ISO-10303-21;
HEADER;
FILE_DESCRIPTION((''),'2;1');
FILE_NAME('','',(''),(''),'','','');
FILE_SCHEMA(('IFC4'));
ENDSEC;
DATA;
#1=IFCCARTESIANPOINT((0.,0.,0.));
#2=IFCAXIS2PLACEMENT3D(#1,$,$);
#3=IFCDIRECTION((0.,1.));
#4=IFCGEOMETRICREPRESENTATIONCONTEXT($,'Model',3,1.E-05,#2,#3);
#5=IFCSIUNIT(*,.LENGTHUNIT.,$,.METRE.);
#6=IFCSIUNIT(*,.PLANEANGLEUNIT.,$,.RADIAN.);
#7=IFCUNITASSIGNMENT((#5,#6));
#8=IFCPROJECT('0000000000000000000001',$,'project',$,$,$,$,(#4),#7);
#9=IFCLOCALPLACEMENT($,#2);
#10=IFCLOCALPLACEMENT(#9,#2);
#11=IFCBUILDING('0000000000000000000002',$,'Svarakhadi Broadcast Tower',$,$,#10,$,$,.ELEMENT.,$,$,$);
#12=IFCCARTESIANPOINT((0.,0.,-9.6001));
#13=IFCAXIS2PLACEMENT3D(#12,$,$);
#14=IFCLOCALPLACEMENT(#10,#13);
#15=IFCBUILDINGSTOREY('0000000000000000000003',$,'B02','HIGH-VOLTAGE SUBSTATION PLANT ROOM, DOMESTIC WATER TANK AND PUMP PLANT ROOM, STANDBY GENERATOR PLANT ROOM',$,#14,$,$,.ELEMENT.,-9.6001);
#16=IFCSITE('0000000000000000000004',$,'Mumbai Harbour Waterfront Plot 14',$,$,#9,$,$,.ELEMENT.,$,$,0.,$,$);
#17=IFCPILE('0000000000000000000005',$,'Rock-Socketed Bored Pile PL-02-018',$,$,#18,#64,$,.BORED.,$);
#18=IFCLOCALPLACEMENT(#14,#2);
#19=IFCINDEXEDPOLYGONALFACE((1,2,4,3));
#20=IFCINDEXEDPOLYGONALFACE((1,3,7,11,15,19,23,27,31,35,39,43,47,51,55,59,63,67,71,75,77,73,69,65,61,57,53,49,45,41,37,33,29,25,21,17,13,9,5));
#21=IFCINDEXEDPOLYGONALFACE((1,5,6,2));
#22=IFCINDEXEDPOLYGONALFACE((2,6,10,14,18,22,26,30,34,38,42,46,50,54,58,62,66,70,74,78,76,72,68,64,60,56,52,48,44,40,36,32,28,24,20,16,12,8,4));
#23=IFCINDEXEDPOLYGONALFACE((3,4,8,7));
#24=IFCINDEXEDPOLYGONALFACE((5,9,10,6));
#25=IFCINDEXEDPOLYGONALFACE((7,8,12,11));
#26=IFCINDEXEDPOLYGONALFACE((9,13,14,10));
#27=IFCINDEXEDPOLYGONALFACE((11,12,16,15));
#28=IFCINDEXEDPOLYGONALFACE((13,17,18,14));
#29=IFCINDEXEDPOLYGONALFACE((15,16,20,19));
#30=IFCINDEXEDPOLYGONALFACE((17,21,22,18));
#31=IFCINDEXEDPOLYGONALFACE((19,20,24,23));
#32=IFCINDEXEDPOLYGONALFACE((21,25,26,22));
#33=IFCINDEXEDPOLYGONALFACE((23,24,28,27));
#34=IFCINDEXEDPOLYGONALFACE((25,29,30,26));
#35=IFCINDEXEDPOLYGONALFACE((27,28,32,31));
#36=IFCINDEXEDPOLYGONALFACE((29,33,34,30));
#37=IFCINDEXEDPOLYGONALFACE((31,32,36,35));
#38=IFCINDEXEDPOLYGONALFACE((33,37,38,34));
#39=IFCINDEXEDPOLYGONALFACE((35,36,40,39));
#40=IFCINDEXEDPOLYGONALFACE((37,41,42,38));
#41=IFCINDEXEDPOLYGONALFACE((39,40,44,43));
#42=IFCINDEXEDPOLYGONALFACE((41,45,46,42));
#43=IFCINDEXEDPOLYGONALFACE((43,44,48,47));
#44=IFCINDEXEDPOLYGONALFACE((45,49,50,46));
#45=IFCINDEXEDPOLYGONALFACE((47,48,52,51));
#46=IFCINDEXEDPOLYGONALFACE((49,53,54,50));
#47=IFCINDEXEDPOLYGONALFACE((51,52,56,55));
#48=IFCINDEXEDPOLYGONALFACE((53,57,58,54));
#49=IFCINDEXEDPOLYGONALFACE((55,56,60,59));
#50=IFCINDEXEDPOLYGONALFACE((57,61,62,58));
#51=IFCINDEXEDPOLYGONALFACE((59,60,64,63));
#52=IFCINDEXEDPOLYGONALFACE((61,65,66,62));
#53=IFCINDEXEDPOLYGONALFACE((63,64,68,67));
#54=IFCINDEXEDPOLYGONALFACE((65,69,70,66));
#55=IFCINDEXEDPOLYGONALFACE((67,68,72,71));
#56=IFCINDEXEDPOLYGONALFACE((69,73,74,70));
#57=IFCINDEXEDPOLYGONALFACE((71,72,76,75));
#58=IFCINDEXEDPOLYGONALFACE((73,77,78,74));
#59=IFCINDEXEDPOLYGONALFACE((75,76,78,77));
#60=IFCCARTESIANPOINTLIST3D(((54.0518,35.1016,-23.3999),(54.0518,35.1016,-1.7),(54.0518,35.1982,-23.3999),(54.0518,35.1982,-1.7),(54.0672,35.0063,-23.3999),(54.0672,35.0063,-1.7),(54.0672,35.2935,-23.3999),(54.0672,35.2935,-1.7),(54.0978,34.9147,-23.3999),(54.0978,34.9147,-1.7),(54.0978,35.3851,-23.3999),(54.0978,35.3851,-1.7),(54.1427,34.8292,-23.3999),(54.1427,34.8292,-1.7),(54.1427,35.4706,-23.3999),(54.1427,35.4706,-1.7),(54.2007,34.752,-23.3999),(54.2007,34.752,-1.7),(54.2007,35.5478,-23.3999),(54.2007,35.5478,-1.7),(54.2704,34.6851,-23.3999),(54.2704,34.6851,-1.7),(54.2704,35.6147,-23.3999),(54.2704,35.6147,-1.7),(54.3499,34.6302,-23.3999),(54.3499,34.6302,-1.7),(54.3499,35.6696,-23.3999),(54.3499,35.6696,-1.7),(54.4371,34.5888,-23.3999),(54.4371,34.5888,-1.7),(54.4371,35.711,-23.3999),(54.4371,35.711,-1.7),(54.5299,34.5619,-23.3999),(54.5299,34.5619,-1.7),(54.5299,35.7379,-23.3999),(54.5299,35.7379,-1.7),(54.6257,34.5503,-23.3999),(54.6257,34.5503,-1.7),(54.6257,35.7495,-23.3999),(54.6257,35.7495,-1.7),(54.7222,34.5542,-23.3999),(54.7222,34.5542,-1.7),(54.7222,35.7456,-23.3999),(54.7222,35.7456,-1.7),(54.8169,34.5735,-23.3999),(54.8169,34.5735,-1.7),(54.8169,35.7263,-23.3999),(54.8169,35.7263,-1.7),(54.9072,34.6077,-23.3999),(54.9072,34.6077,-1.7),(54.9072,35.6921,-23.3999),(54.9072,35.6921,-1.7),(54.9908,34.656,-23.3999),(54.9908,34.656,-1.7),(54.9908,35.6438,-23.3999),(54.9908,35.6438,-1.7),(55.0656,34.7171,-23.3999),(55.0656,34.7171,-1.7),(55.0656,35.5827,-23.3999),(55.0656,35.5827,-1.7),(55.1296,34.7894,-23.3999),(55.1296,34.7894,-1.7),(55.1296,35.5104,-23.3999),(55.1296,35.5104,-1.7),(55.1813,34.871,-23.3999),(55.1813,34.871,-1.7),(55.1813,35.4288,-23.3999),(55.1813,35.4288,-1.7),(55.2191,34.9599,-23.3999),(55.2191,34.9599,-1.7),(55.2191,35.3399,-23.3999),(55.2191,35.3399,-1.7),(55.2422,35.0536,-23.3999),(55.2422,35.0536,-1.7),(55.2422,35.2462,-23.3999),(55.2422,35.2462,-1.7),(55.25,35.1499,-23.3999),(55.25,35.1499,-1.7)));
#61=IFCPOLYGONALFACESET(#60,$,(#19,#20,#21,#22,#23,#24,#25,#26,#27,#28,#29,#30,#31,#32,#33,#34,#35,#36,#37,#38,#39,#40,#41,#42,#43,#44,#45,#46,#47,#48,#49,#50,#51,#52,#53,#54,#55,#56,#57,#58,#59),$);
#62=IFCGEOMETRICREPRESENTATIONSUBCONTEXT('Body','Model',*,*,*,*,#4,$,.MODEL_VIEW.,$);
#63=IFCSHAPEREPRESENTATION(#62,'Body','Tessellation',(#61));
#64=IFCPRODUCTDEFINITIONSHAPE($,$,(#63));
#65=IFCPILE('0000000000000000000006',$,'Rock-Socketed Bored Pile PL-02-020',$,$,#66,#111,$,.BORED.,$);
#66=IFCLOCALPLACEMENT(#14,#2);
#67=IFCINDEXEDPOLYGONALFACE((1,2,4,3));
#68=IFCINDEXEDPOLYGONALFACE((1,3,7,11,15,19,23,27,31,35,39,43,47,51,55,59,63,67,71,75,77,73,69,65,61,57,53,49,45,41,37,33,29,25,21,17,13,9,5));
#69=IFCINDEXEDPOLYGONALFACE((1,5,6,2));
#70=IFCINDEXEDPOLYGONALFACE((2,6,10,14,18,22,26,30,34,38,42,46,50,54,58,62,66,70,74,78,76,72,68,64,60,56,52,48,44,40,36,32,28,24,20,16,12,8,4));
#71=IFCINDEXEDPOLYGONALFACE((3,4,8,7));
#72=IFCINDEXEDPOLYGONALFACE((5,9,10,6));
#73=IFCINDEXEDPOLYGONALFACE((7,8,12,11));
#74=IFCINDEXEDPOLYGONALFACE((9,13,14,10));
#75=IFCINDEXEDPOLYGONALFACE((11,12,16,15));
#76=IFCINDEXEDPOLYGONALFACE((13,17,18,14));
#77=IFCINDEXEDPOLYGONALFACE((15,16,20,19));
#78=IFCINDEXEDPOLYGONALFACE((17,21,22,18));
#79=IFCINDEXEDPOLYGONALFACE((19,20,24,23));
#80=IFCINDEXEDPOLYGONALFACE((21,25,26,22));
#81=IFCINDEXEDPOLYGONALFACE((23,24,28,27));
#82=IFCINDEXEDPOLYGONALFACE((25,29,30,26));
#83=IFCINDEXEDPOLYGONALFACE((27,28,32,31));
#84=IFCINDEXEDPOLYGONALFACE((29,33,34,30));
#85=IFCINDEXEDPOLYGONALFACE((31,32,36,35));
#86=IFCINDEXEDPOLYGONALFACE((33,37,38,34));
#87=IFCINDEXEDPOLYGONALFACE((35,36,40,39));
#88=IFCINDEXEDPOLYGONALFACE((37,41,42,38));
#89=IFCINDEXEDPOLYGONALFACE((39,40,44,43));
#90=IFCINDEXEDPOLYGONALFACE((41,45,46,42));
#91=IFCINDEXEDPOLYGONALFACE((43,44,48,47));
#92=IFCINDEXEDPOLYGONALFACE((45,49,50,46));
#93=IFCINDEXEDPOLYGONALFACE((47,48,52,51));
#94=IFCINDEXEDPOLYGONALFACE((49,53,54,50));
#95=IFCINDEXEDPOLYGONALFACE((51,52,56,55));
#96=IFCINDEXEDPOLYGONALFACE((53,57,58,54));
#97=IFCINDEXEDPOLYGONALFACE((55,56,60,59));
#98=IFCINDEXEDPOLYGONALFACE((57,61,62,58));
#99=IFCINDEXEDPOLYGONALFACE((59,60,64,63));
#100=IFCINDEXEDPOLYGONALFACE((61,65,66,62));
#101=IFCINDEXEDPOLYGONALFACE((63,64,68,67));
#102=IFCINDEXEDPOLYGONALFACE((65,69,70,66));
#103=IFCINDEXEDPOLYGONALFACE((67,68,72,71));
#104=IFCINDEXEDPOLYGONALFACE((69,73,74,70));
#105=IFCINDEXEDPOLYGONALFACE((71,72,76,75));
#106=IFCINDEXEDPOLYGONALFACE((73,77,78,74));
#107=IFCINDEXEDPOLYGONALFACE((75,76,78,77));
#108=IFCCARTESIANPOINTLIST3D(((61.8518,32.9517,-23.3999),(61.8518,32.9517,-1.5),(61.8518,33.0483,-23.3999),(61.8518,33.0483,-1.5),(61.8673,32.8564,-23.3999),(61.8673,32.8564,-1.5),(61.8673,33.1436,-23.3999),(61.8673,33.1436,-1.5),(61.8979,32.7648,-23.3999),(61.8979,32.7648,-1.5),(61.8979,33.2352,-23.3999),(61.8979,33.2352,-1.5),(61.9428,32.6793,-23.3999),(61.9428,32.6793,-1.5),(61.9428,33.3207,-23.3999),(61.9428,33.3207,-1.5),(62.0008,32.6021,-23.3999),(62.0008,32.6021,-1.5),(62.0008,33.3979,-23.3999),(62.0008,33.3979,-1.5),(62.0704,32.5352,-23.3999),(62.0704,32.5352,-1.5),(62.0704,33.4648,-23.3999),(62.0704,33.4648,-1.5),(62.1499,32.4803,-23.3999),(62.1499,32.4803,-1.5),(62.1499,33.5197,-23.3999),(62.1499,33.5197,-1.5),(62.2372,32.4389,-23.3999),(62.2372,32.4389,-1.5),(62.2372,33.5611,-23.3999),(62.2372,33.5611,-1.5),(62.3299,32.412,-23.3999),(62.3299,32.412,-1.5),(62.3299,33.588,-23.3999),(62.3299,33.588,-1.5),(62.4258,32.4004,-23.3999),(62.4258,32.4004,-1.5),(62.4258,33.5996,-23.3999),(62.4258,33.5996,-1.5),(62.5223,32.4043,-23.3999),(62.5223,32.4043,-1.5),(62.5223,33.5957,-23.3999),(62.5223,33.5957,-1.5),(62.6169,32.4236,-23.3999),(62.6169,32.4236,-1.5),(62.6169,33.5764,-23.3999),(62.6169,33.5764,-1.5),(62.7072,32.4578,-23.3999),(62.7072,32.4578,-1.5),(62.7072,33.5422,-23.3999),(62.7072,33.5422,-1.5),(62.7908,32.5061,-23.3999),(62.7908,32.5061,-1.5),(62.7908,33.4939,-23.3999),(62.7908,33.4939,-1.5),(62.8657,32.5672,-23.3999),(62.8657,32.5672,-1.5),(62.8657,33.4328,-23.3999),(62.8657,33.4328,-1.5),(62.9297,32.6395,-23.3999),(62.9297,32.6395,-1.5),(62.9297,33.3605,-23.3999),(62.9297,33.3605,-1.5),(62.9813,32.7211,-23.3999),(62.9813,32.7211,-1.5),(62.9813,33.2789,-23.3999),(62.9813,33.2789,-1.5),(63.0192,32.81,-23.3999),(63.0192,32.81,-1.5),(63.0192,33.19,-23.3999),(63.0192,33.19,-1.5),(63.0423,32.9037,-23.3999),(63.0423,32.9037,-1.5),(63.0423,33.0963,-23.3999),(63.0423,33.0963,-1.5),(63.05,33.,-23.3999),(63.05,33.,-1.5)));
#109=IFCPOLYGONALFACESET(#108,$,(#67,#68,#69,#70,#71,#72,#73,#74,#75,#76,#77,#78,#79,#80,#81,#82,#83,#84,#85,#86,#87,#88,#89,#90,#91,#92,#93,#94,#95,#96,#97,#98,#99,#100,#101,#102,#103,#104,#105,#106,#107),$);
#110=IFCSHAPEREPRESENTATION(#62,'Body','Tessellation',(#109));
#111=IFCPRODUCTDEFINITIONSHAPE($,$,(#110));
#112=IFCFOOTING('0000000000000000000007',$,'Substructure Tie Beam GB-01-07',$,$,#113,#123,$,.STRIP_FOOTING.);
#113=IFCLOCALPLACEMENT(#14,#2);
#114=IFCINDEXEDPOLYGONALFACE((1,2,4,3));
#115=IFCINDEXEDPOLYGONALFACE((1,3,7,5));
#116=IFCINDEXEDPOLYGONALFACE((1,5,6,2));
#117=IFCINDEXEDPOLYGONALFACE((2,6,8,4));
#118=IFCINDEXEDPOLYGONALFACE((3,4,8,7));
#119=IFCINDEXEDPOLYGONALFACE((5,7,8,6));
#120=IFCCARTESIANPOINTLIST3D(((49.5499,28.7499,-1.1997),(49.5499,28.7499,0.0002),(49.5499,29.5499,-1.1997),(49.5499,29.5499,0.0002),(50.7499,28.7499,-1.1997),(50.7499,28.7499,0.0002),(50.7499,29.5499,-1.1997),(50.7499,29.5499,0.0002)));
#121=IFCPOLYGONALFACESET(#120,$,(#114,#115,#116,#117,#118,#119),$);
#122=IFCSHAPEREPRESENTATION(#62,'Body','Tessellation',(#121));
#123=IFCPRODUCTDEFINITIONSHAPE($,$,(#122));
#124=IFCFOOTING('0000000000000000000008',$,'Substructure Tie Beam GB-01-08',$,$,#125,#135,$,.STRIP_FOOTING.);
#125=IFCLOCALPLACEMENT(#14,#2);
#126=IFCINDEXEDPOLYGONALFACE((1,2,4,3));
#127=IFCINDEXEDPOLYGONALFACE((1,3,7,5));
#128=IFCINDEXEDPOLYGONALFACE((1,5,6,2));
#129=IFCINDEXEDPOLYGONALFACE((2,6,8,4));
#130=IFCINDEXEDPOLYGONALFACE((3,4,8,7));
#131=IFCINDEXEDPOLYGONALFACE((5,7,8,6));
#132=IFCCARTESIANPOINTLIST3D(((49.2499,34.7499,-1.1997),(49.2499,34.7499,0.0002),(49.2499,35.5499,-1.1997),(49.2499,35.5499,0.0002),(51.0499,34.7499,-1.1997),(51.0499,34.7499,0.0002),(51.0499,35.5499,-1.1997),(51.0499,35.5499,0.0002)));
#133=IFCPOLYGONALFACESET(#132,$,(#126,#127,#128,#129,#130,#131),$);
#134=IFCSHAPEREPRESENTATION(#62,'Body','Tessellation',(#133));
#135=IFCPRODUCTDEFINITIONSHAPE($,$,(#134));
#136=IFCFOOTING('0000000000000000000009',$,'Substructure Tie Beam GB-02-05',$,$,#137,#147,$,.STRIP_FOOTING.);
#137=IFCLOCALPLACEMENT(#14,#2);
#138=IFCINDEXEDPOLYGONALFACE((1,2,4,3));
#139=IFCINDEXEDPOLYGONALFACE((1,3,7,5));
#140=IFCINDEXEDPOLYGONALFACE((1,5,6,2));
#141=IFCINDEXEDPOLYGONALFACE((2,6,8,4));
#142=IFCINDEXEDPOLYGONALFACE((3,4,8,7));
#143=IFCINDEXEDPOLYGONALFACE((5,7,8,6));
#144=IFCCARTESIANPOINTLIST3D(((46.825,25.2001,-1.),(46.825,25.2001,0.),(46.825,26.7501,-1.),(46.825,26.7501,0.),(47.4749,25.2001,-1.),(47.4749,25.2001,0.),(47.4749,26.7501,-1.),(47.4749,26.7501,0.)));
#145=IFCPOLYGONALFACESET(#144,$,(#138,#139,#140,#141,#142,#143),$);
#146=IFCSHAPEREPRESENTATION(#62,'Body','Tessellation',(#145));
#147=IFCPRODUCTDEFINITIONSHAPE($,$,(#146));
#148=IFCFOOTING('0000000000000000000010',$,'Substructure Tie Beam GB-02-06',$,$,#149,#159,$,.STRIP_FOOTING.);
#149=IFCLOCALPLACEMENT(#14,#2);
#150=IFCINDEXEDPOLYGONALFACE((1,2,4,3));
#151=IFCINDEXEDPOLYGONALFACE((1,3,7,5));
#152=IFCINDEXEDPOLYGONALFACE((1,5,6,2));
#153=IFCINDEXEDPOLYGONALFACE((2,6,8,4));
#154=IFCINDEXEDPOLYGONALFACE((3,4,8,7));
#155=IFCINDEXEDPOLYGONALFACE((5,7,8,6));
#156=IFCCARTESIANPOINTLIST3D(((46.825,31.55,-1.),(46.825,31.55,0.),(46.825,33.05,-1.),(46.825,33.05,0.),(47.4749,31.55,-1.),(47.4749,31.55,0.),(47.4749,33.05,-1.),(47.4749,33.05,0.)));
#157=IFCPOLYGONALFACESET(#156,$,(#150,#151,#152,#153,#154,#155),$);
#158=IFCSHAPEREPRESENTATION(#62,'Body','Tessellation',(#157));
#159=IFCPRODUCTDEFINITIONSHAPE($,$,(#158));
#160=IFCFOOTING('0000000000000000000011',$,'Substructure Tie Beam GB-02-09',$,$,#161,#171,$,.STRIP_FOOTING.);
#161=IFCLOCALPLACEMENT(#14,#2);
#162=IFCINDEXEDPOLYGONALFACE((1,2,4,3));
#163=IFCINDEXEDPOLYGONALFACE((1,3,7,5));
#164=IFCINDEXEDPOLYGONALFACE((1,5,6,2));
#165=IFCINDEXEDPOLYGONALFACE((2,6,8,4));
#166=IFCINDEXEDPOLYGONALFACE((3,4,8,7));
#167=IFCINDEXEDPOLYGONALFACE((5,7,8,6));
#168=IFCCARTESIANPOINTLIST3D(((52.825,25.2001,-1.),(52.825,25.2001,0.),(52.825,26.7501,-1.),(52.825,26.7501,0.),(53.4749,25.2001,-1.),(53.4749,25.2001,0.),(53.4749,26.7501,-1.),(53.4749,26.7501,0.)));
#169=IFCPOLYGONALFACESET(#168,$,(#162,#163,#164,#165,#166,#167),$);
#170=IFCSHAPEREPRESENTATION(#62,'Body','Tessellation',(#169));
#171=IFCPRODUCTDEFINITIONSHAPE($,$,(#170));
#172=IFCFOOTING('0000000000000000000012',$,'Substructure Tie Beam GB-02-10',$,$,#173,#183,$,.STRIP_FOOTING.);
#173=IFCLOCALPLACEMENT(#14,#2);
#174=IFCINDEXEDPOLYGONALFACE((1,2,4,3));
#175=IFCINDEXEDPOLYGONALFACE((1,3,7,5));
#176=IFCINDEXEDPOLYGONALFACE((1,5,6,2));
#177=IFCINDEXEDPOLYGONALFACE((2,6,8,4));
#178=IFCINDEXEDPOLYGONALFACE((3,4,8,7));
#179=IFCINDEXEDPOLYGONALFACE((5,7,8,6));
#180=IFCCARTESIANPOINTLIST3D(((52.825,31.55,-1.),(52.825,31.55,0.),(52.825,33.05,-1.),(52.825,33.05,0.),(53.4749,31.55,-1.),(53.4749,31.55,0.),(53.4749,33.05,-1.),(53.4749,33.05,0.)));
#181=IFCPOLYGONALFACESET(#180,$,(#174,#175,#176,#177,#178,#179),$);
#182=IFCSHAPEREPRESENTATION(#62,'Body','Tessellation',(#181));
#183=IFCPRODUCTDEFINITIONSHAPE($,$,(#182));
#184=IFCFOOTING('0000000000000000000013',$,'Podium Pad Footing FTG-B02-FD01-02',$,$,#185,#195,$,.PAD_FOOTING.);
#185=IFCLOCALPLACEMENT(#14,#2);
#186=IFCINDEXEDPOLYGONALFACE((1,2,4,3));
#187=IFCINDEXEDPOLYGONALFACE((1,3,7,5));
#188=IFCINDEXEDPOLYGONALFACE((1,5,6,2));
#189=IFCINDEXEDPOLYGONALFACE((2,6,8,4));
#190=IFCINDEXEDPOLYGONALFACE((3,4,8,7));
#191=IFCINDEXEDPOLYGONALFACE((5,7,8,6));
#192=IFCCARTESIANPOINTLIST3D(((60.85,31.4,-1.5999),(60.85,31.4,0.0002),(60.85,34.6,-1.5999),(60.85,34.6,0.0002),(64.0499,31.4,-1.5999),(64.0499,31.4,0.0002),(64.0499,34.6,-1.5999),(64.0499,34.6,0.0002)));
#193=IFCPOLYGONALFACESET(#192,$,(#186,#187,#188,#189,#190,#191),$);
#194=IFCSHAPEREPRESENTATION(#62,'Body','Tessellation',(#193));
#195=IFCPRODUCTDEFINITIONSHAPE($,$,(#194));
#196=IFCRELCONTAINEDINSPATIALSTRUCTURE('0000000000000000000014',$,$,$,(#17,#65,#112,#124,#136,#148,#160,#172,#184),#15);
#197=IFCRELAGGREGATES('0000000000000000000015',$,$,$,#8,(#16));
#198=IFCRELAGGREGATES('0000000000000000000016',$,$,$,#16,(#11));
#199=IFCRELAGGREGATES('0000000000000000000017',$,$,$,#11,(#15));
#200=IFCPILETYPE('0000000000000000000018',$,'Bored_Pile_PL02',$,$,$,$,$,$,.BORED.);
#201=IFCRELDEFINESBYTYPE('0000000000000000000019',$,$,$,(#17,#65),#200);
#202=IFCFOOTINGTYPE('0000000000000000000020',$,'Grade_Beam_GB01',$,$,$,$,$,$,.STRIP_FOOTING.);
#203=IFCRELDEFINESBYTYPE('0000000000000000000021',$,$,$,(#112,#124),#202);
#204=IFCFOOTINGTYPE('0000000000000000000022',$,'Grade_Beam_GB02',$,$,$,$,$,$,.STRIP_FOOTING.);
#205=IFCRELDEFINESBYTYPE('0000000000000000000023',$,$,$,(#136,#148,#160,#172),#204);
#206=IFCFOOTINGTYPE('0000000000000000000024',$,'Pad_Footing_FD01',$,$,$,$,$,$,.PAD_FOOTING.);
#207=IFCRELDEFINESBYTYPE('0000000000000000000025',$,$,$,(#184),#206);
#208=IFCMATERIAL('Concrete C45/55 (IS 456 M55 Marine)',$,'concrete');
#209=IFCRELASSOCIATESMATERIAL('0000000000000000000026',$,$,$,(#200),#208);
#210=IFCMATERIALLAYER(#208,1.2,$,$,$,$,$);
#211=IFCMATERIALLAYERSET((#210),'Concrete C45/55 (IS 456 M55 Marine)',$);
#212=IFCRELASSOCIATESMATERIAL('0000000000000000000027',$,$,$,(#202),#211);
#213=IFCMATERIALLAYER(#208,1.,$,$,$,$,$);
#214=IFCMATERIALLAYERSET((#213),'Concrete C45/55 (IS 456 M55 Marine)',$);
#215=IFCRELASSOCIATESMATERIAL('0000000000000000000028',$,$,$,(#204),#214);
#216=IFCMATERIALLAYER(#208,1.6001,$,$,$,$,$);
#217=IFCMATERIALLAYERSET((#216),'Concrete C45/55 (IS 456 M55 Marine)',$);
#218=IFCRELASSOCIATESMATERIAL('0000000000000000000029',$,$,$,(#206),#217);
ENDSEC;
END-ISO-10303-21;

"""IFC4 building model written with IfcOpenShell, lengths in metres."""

from ifc_helpers import new_model, si_unit, direction, frame, origin, origin_2d, place, context, subcontext, project, spatial, rectangle, circle, extrude, material, layer, layer_set, material_profile, profile_set, type_object, element, save


model = new_model("IFC4")

# Units and contexts
model_context = context("Model", 3, precision=1e-05, world=origin(), true_north=direction((0.0, 1.0)))
body_context = subcontext(model_context, "Body", "Model", "MODEL_VIEW")
ifc_project = project(units=[si_unit("LENGTHUNIT", "METRE"), si_unit("PLANEANGLEUNIT", "RADIAN")], contexts=[model_context])

# Site, building, storey
site_placement = place(None, origin())
site = spatial("IfcSite", under=ifc_project, at=site_placement, Name="Mumbai Harbour Waterfront Plot 14", CompositionType="ELEMENT", RefElevation=0.0)
building_placement = place(site_placement, origin())
building = spatial("IfcBuilding", under=site, at=building_placement, Name="Svarakhadi Broadcast Tower", CompositionType="ELEMENT")
storey_placement = place(building_placement, frame((0.0, 0.0, -9.6001)))
storey = spatial("IfcBuildingStorey", under=building, at=storey_placement, Name="B02", Description="HIGH-VOLTAGE SUBSTATION PLANT ROOM, DOMESTIC WATER TANK AND PUMP PLANT ROOM, STANDBY GENERATOR PLANT ROOM", CompositionType="ELEMENT", Elevation=-9.6001)

# Piles
ifc_material_1 = material(Name="Concrete C45/55 (IS 456 M55 Marine)", Category="concrete")
ifc_material_profile_1 = material_profile(ifc_material_1, circle(Radius=0.6001, at=origin_2d()), Name="PILE D1200")
ifc_profile_set_1 = profile_set([ifc_material_profile_1], Name="Concrete C45/55 (IS 456 M55 Marine)")
pile_type = type_object("IfcPileType", Name="Bored_Pile_PL02", PredefinedType="BORED", material=ifc_profile_set_1)
for number, where, z_axis, x_axis, name in (
    (1, (54.6499, 35.1499, -1.7), (0.0, 0.0, -1.0), (1.0, 0.0, 0.0), "Rock-Socketed Bored Pile PL-02-018"),
):
    element("IfcPile", number, at=place(storey_placement, frame(where, z_axis=z_axis, x_axis=x_axis)), inside=storey, type_object=pile_type, Name=name, PredefinedType="BORED", context=body_context, shape_type="SweptSolid", body=[
        extrude(circle(Radius=0.6001, at=origin_2d()), origin(), (0.0, 0.0, 1.0), 21.7),
    ])
pile_1_placement = place(storey_placement, frame((62.45, 33.0, -1.5), z_axis=(0.0, 0.0, -1.0), x_axis=(1.0, 0.0, 0.0)))
element("IfcPile", 2, at=pile_1_placement, inside=storey, type_object=pile_type, Name="Rock-Socketed Bored Pile PL-02-020", PredefinedType="BORED", context=body_context, shape_type="SweptSolid", body=[
    extrude(circle(Radius=0.6001, at=origin_2d()), origin(), (0.0, 0.0, 1.0), 21.8999),
])

# Footings
ifc_layer_1 = layer(ifc_material_1, 1.2)
ifc_layer_set_1 = layer_set([ifc_layer_1], Name="Concrete C45/55 (IS 456 M55 Marine)")
footing_type_1 = type_object("IfcFootingType", Name="Grade_Beam_GB01", PredefinedType="STRIP_FOOTING", material=ifc_layer_set_1)
footing_1_placement = place(storey_placement, frame((50.1499, 29.1499, -1.1997), z_axis=(0.0, 0.0, 1.0), x_axis=(1.0, 0.0, 0.0)))
element("IfcFooting", 3, at=footing_1_placement, inside=storey, type_object=footing_type_1, Name="Substructure Tie Beam GB-01-07", PredefinedType="STRIP_FOOTING", context=body_context, shape_type="SweptSolid", body=[
    extrude(rectangle(XDim=1.2, YDim=0.8, at=origin_2d()), origin(), (0.0, 0.0, 1.0), 1.2),
])
footing_2_placement = place(storey_placement, frame((50.1499, 35.1499, -1.1997), z_axis=(0.0, 0.0, 1.0), x_axis=(1.0, 0.0, 0.0)))
element("IfcFooting", 4, at=footing_2_placement, inside=storey, type_object=footing_type_1, Name="Substructure Tie Beam GB-01-08", PredefinedType="STRIP_FOOTING", context=body_context, shape_type="SweptSolid", body=[
    extrude(rectangle(XDim=1.8, YDim=0.8, at=origin_2d()), origin(), (0.0, 0.0, 1.0), 1.2),
])
ifc_layer_2 = layer(ifc_material_1, 1.0)
ifc_layer_set_2 = layer_set([ifc_layer_2], Name="Concrete C45/55 (IS 456 M55 Marine)")
footing_type_2 = type_object("IfcFootingType", Name="Grade_Beam_GB02", PredefinedType="STRIP_FOOTING", material=ifc_layer_set_2)
footing_3_placement = place(storey_placement, frame((47.1499, 25.9751, -1.0), z_axis=(0.0, 0.0, 1.0), x_axis=(1.0, 0.0, 0.0)))
element("IfcFooting", 5, at=footing_3_placement, inside=storey, type_object=footing_type_2, Name="Substructure Tie Beam GB-02-05", PredefinedType="STRIP_FOOTING", context=body_context, shape_type="SweptSolid", body=[
    extrude(rectangle(XDim=0.6499, YDim=1.55, at=origin_2d()), origin(), (0.0, 0.0, 1.0), 1.0),
])
footing_4_placement = place(storey_placement, frame((47.1499, 32.3, -1.0), z_axis=(0.0, 0.0, 1.0), x_axis=(1.0, 0.0, 0.0)))
element("IfcFooting", 6, at=footing_4_placement, inside=storey, type_object=footing_type_2, Name="Substructure Tie Beam GB-02-06", PredefinedType="STRIP_FOOTING", context=body_context, shape_type="SweptSolid", body=[
    extrude(rectangle(XDim=0.6499, YDim=1.5, at=origin_2d()), origin(), (0.0, 0.0, 1.0), 1.0),
])
footing_5_placement = place(storey_placement, frame((53.1499, 25.9751, -1.0), z_axis=(0.0, 0.0, 1.0), x_axis=(1.0, 0.0, 0.0)))
element("IfcFooting", 7, at=footing_5_placement, inside=storey, type_object=footing_type_2, Name="Substructure Tie Beam GB-02-09", PredefinedType="STRIP_FOOTING", context=body_context, shape_type="SweptSolid", body=[
    extrude(rectangle(XDim=0.6499, YDim=1.55, at=origin_2d()), origin(), (0.0, 0.0, 1.0), 1.0),
])
footing_6_placement = place(storey_placement, frame((53.1499, 32.3, -1.0), z_axis=(0.0, 0.0, 1.0), x_axis=(1.0, 0.0, 0.0)))
element("IfcFooting", 8, at=footing_6_placement, inside=storey, type_object=footing_type_2, Name="Substructure Tie Beam GB-02-10", PredefinedType="STRIP_FOOTING", context=body_context, shape_type="SweptSolid", body=[
    extrude(rectangle(XDim=0.6499, YDim=1.5, at=origin_2d()), origin(), (0.0, 0.0, 1.0), 1.0),
])
ifc_layer_3 = layer(ifc_material_1, 1.6001)
ifc_layer_set_3 = layer_set([ifc_layer_3], Name="Concrete C45/55 (IS 456 M55 Marine)")
footing_type_3 = type_object("IfcFootingType", Name="Pad_Footing_FD01", PredefinedType="PAD_FOOTING", material=ifc_layer_set_3)
for number, where, z_axis, x_axis, name in (
    (9, (62.45, 33.0, -1.5999), (0.0, 0.0, 1.0), (1.0, 0.0, 0.0), "Podium Pad Footing FTG-B02-FD01-02"),
):
    element("IfcFooting", number, at=place(storey_placement, frame(where, z_axis=z_axis, x_axis=x_axis)), inside=storey, type_object=footing_type_3, Name=name, PredefinedType="PAD_FOOTING", context=body_context, shape_type="SweptSolid", body=[
        extrude(rectangle(XDim=3.2, YDim=3.2, at=origin_2d()), origin(), (0.0, 0.0, 1.0), 1.6001),
    ])

save(model, "model.ifc")
